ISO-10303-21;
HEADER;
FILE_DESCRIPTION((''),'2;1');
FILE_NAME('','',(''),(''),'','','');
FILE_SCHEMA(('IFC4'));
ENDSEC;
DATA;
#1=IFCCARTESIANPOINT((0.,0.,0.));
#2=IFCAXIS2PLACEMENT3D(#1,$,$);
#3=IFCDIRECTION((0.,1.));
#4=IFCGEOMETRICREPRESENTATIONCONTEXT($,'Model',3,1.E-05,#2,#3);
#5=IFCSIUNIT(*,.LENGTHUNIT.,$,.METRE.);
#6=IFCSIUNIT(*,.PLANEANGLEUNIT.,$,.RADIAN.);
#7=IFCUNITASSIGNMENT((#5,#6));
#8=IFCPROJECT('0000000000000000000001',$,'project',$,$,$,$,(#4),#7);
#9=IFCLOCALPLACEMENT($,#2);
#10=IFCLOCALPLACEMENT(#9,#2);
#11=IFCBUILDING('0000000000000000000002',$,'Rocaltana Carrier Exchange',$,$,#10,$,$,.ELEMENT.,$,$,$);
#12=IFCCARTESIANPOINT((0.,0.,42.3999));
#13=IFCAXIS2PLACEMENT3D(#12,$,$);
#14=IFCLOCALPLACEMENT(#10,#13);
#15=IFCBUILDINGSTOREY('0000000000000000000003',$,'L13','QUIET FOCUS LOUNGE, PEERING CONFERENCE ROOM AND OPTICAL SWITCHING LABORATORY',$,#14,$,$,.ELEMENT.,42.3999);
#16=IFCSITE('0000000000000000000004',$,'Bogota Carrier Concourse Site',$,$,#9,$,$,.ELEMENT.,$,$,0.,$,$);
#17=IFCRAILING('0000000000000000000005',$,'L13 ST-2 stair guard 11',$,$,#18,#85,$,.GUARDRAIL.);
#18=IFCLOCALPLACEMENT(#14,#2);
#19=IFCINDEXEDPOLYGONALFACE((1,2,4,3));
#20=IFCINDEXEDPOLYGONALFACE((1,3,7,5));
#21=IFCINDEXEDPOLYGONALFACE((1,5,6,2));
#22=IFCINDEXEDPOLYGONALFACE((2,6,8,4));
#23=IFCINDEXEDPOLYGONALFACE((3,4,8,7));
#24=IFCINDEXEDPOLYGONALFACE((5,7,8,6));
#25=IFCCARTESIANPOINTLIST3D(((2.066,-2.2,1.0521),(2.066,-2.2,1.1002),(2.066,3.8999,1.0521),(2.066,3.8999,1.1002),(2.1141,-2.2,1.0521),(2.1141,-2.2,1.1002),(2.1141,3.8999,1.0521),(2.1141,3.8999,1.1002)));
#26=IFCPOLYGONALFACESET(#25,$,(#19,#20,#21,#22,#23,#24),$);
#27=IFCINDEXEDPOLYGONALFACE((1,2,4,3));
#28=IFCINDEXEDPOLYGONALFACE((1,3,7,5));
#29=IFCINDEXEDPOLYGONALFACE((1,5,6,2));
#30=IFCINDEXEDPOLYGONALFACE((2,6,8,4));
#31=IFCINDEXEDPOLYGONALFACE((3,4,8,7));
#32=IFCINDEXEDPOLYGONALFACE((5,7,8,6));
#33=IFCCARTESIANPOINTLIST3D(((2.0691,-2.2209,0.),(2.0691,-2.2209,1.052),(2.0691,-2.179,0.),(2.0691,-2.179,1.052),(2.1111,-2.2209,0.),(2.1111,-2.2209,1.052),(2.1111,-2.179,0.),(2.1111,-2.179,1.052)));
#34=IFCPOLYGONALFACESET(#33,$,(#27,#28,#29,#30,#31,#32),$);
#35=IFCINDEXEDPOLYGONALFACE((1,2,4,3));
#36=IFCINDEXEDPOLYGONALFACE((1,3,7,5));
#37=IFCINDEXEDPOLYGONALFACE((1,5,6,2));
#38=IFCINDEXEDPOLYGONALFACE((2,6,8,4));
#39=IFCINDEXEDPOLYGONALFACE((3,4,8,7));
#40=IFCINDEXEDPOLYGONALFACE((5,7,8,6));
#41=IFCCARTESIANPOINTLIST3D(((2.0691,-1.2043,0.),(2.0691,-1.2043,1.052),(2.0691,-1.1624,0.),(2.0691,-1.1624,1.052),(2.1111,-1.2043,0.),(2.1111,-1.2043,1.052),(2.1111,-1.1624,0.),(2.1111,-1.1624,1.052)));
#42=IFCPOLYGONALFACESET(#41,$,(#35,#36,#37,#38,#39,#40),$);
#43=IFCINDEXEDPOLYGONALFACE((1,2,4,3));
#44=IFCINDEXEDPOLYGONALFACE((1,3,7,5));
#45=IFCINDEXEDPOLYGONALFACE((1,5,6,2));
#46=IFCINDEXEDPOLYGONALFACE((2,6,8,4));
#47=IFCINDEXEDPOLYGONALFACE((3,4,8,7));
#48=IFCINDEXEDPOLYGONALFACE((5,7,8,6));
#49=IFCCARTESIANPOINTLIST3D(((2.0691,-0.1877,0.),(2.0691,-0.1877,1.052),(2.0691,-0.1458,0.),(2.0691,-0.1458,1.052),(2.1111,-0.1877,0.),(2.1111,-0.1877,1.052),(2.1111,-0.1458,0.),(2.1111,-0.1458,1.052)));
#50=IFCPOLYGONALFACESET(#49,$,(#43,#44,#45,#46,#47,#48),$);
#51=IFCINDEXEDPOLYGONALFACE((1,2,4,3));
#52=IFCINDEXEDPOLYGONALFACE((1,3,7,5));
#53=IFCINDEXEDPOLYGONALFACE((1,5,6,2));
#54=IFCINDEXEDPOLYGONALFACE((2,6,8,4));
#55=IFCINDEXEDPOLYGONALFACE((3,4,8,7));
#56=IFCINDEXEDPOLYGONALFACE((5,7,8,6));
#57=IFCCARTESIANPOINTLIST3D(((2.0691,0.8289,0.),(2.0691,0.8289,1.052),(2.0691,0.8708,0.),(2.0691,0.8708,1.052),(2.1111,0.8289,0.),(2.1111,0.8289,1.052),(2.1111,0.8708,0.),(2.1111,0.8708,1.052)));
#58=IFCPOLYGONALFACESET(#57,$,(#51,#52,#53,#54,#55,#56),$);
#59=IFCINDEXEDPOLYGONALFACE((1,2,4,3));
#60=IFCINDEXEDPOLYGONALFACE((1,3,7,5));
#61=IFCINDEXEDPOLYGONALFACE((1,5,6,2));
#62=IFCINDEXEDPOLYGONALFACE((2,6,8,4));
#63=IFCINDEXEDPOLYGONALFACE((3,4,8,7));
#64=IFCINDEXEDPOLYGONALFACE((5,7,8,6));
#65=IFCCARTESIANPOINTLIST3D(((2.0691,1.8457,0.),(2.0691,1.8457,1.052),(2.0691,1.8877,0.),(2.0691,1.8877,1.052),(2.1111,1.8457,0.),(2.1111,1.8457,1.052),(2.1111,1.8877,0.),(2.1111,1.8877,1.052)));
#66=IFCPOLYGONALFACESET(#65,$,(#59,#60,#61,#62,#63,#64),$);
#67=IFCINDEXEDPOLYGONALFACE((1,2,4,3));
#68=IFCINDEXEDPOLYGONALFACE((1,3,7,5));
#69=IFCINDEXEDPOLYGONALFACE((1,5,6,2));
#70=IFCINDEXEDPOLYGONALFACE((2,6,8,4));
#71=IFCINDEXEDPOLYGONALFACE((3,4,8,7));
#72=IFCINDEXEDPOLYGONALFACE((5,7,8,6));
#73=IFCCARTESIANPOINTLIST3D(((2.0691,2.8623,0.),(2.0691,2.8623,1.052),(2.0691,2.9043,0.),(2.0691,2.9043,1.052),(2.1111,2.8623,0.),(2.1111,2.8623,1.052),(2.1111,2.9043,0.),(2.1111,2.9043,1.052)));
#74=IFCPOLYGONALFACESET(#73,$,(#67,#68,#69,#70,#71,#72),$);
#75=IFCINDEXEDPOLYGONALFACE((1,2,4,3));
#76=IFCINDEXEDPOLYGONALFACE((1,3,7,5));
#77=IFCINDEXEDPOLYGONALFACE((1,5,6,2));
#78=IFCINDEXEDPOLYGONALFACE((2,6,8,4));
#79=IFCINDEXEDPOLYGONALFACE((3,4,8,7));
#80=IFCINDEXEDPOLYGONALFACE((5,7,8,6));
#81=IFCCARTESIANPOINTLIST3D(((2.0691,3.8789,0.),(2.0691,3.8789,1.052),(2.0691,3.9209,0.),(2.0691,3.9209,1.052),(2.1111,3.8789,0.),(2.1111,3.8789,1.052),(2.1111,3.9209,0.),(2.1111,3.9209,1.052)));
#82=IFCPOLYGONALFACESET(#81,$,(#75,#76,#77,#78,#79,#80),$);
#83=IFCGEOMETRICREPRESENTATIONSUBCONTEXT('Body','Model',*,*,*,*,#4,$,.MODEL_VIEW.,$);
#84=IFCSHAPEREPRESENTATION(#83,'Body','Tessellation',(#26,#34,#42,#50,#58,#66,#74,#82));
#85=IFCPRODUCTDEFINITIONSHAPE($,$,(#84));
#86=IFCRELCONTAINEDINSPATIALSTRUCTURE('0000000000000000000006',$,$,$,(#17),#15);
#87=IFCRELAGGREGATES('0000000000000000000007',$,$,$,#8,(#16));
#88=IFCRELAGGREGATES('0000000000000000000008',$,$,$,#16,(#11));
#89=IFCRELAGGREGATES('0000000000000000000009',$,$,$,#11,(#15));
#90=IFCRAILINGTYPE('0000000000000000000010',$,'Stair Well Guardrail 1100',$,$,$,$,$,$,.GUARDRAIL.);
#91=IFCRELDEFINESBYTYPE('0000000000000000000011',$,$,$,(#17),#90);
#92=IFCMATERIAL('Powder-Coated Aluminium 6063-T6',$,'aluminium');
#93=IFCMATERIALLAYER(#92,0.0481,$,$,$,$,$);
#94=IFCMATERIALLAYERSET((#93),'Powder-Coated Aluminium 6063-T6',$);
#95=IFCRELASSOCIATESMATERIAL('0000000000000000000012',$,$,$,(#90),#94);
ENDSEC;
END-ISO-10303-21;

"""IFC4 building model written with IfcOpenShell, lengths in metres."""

from ifc_helpers import new_model, si_unit, direction, frame, origin, origin_2d, place, context, subcontext, project, spatial, rectangle, extrude, material, layer, layer_set, type_object, element, save


model = new_model("IFC4")

# Units and contexts
model_context = context("Model", 3, precision=1e-05, world=origin(), true_north=direction((0.0, 1.0)))
body_context = subcontext(model_context, "Body", "Model", "MODEL_VIEW")
ifc_project = project(units=[si_unit("LENGTHUNIT", "METRE"), si_unit("PLANEANGLEUNIT", "RADIAN")], contexts=[model_context])

# Site, building, storey
site_placement = place(None, origin())
site = spatial("IfcSite", under=ifc_project, at=site_placement, Name="Bogota Carrier Concourse Site", CompositionType="ELEMENT", RefElevation=0.0)
building_placement = place(site_placement, origin())
building = spatial("IfcBuilding", under=site, at=building_placement, Name="Rocaltana Carrier Exchange", CompositionType="ELEMENT")
storey_placement = place(building_placement, frame((0.0, 0.0, 42.3999)))
storey = spatial("IfcBuildingStorey", under=building, at=storey_placement, Name="L13", Description="QUIET FOCUS LOUNGE, PEERING CONFERENCE ROOM AND OPTICAL SWITCHING LABORATORY", CompositionType="ELEMENT", Elevation=42.3999)

# Railing
ifc_material_1 = material(Name="Powder-Coated Aluminium 6063-T6", Category="aluminium")
ifc_layer_1 = layer(ifc_material_1, 0.0481)
ifc_layer_set_1 = layer_set([ifc_layer_1], Name="Powder-Coated Aluminium 6063-T6")
railing_type_1 = type_object("IfcRailingType", Name="Stair Well Guardrail 1100", PredefinedType="GUARDRAIL", material=ifc_layer_set_1)
for number, where, name in (
    (1, (2.0901, -2.2, 0.0), "L13 ST-2 stair guard 11"),
):
    element("IfcRailing", number, at=place(storey_placement, frame(where)), inside=storey, type_object=railing_type_1, Name=name, PredefinedType="GUARDRAIL", context=body_context, shape_type="SweptSolid", body=[
        extrude(rectangle(XDim=0.0481, YDim=0.0481, at=origin_2d()), frame((0.0, 0.0, 1.0762), z_axis=(0.0, 1.0, 0.0), x_axis=(-1.0, 0.0, 0.0)), (0.0, 0.0, 1.0), 6.0999),
        extrude(rectangle(XDim=0.042, YDim=0.042, at=origin_2d()), origin(), (0.0, 0.0, 1.0), 1.052),
        extrude(rectangle(XDim=0.042, YDim=0.042, at=origin_2d()), frame((0.0, 1.0166, 0.0)), (0.0, 0.0, 1.0), 1.052),
        extrude(rectangle(XDim=0.042, YDim=0.042, at=origin_2d()), frame((0.0, 2.0332, 0.0)), (0.0, 0.0, 1.0), 1.052),
        extrude(rectangle(XDim=0.042, YDim=0.042, at=origin_2d()), frame((0.0, 3.0498, 0.0)), (0.0, 0.0, 1.0), 1.052),
        extrude(rectangle(XDim=0.042, YDim=0.042, at=origin_2d()), frame((0.0, 4.0667, 0.0)), (0.0, 0.0, 1.0), 1.052),
        extrude(rectangle(XDim=0.042, YDim=0.042, at=origin_2d()), frame((0.0, 5.0833, 0.0)), (0.0, 0.0, 1.0), 1.052),
        extrude(rectangle(XDim=0.042, YDim=0.042, at=origin_2d()), frame((0.0, 6.0999, 0.0)), (0.0, 0.0, 1.0), 1.052),
    ])

save(model, "model.ifc")
